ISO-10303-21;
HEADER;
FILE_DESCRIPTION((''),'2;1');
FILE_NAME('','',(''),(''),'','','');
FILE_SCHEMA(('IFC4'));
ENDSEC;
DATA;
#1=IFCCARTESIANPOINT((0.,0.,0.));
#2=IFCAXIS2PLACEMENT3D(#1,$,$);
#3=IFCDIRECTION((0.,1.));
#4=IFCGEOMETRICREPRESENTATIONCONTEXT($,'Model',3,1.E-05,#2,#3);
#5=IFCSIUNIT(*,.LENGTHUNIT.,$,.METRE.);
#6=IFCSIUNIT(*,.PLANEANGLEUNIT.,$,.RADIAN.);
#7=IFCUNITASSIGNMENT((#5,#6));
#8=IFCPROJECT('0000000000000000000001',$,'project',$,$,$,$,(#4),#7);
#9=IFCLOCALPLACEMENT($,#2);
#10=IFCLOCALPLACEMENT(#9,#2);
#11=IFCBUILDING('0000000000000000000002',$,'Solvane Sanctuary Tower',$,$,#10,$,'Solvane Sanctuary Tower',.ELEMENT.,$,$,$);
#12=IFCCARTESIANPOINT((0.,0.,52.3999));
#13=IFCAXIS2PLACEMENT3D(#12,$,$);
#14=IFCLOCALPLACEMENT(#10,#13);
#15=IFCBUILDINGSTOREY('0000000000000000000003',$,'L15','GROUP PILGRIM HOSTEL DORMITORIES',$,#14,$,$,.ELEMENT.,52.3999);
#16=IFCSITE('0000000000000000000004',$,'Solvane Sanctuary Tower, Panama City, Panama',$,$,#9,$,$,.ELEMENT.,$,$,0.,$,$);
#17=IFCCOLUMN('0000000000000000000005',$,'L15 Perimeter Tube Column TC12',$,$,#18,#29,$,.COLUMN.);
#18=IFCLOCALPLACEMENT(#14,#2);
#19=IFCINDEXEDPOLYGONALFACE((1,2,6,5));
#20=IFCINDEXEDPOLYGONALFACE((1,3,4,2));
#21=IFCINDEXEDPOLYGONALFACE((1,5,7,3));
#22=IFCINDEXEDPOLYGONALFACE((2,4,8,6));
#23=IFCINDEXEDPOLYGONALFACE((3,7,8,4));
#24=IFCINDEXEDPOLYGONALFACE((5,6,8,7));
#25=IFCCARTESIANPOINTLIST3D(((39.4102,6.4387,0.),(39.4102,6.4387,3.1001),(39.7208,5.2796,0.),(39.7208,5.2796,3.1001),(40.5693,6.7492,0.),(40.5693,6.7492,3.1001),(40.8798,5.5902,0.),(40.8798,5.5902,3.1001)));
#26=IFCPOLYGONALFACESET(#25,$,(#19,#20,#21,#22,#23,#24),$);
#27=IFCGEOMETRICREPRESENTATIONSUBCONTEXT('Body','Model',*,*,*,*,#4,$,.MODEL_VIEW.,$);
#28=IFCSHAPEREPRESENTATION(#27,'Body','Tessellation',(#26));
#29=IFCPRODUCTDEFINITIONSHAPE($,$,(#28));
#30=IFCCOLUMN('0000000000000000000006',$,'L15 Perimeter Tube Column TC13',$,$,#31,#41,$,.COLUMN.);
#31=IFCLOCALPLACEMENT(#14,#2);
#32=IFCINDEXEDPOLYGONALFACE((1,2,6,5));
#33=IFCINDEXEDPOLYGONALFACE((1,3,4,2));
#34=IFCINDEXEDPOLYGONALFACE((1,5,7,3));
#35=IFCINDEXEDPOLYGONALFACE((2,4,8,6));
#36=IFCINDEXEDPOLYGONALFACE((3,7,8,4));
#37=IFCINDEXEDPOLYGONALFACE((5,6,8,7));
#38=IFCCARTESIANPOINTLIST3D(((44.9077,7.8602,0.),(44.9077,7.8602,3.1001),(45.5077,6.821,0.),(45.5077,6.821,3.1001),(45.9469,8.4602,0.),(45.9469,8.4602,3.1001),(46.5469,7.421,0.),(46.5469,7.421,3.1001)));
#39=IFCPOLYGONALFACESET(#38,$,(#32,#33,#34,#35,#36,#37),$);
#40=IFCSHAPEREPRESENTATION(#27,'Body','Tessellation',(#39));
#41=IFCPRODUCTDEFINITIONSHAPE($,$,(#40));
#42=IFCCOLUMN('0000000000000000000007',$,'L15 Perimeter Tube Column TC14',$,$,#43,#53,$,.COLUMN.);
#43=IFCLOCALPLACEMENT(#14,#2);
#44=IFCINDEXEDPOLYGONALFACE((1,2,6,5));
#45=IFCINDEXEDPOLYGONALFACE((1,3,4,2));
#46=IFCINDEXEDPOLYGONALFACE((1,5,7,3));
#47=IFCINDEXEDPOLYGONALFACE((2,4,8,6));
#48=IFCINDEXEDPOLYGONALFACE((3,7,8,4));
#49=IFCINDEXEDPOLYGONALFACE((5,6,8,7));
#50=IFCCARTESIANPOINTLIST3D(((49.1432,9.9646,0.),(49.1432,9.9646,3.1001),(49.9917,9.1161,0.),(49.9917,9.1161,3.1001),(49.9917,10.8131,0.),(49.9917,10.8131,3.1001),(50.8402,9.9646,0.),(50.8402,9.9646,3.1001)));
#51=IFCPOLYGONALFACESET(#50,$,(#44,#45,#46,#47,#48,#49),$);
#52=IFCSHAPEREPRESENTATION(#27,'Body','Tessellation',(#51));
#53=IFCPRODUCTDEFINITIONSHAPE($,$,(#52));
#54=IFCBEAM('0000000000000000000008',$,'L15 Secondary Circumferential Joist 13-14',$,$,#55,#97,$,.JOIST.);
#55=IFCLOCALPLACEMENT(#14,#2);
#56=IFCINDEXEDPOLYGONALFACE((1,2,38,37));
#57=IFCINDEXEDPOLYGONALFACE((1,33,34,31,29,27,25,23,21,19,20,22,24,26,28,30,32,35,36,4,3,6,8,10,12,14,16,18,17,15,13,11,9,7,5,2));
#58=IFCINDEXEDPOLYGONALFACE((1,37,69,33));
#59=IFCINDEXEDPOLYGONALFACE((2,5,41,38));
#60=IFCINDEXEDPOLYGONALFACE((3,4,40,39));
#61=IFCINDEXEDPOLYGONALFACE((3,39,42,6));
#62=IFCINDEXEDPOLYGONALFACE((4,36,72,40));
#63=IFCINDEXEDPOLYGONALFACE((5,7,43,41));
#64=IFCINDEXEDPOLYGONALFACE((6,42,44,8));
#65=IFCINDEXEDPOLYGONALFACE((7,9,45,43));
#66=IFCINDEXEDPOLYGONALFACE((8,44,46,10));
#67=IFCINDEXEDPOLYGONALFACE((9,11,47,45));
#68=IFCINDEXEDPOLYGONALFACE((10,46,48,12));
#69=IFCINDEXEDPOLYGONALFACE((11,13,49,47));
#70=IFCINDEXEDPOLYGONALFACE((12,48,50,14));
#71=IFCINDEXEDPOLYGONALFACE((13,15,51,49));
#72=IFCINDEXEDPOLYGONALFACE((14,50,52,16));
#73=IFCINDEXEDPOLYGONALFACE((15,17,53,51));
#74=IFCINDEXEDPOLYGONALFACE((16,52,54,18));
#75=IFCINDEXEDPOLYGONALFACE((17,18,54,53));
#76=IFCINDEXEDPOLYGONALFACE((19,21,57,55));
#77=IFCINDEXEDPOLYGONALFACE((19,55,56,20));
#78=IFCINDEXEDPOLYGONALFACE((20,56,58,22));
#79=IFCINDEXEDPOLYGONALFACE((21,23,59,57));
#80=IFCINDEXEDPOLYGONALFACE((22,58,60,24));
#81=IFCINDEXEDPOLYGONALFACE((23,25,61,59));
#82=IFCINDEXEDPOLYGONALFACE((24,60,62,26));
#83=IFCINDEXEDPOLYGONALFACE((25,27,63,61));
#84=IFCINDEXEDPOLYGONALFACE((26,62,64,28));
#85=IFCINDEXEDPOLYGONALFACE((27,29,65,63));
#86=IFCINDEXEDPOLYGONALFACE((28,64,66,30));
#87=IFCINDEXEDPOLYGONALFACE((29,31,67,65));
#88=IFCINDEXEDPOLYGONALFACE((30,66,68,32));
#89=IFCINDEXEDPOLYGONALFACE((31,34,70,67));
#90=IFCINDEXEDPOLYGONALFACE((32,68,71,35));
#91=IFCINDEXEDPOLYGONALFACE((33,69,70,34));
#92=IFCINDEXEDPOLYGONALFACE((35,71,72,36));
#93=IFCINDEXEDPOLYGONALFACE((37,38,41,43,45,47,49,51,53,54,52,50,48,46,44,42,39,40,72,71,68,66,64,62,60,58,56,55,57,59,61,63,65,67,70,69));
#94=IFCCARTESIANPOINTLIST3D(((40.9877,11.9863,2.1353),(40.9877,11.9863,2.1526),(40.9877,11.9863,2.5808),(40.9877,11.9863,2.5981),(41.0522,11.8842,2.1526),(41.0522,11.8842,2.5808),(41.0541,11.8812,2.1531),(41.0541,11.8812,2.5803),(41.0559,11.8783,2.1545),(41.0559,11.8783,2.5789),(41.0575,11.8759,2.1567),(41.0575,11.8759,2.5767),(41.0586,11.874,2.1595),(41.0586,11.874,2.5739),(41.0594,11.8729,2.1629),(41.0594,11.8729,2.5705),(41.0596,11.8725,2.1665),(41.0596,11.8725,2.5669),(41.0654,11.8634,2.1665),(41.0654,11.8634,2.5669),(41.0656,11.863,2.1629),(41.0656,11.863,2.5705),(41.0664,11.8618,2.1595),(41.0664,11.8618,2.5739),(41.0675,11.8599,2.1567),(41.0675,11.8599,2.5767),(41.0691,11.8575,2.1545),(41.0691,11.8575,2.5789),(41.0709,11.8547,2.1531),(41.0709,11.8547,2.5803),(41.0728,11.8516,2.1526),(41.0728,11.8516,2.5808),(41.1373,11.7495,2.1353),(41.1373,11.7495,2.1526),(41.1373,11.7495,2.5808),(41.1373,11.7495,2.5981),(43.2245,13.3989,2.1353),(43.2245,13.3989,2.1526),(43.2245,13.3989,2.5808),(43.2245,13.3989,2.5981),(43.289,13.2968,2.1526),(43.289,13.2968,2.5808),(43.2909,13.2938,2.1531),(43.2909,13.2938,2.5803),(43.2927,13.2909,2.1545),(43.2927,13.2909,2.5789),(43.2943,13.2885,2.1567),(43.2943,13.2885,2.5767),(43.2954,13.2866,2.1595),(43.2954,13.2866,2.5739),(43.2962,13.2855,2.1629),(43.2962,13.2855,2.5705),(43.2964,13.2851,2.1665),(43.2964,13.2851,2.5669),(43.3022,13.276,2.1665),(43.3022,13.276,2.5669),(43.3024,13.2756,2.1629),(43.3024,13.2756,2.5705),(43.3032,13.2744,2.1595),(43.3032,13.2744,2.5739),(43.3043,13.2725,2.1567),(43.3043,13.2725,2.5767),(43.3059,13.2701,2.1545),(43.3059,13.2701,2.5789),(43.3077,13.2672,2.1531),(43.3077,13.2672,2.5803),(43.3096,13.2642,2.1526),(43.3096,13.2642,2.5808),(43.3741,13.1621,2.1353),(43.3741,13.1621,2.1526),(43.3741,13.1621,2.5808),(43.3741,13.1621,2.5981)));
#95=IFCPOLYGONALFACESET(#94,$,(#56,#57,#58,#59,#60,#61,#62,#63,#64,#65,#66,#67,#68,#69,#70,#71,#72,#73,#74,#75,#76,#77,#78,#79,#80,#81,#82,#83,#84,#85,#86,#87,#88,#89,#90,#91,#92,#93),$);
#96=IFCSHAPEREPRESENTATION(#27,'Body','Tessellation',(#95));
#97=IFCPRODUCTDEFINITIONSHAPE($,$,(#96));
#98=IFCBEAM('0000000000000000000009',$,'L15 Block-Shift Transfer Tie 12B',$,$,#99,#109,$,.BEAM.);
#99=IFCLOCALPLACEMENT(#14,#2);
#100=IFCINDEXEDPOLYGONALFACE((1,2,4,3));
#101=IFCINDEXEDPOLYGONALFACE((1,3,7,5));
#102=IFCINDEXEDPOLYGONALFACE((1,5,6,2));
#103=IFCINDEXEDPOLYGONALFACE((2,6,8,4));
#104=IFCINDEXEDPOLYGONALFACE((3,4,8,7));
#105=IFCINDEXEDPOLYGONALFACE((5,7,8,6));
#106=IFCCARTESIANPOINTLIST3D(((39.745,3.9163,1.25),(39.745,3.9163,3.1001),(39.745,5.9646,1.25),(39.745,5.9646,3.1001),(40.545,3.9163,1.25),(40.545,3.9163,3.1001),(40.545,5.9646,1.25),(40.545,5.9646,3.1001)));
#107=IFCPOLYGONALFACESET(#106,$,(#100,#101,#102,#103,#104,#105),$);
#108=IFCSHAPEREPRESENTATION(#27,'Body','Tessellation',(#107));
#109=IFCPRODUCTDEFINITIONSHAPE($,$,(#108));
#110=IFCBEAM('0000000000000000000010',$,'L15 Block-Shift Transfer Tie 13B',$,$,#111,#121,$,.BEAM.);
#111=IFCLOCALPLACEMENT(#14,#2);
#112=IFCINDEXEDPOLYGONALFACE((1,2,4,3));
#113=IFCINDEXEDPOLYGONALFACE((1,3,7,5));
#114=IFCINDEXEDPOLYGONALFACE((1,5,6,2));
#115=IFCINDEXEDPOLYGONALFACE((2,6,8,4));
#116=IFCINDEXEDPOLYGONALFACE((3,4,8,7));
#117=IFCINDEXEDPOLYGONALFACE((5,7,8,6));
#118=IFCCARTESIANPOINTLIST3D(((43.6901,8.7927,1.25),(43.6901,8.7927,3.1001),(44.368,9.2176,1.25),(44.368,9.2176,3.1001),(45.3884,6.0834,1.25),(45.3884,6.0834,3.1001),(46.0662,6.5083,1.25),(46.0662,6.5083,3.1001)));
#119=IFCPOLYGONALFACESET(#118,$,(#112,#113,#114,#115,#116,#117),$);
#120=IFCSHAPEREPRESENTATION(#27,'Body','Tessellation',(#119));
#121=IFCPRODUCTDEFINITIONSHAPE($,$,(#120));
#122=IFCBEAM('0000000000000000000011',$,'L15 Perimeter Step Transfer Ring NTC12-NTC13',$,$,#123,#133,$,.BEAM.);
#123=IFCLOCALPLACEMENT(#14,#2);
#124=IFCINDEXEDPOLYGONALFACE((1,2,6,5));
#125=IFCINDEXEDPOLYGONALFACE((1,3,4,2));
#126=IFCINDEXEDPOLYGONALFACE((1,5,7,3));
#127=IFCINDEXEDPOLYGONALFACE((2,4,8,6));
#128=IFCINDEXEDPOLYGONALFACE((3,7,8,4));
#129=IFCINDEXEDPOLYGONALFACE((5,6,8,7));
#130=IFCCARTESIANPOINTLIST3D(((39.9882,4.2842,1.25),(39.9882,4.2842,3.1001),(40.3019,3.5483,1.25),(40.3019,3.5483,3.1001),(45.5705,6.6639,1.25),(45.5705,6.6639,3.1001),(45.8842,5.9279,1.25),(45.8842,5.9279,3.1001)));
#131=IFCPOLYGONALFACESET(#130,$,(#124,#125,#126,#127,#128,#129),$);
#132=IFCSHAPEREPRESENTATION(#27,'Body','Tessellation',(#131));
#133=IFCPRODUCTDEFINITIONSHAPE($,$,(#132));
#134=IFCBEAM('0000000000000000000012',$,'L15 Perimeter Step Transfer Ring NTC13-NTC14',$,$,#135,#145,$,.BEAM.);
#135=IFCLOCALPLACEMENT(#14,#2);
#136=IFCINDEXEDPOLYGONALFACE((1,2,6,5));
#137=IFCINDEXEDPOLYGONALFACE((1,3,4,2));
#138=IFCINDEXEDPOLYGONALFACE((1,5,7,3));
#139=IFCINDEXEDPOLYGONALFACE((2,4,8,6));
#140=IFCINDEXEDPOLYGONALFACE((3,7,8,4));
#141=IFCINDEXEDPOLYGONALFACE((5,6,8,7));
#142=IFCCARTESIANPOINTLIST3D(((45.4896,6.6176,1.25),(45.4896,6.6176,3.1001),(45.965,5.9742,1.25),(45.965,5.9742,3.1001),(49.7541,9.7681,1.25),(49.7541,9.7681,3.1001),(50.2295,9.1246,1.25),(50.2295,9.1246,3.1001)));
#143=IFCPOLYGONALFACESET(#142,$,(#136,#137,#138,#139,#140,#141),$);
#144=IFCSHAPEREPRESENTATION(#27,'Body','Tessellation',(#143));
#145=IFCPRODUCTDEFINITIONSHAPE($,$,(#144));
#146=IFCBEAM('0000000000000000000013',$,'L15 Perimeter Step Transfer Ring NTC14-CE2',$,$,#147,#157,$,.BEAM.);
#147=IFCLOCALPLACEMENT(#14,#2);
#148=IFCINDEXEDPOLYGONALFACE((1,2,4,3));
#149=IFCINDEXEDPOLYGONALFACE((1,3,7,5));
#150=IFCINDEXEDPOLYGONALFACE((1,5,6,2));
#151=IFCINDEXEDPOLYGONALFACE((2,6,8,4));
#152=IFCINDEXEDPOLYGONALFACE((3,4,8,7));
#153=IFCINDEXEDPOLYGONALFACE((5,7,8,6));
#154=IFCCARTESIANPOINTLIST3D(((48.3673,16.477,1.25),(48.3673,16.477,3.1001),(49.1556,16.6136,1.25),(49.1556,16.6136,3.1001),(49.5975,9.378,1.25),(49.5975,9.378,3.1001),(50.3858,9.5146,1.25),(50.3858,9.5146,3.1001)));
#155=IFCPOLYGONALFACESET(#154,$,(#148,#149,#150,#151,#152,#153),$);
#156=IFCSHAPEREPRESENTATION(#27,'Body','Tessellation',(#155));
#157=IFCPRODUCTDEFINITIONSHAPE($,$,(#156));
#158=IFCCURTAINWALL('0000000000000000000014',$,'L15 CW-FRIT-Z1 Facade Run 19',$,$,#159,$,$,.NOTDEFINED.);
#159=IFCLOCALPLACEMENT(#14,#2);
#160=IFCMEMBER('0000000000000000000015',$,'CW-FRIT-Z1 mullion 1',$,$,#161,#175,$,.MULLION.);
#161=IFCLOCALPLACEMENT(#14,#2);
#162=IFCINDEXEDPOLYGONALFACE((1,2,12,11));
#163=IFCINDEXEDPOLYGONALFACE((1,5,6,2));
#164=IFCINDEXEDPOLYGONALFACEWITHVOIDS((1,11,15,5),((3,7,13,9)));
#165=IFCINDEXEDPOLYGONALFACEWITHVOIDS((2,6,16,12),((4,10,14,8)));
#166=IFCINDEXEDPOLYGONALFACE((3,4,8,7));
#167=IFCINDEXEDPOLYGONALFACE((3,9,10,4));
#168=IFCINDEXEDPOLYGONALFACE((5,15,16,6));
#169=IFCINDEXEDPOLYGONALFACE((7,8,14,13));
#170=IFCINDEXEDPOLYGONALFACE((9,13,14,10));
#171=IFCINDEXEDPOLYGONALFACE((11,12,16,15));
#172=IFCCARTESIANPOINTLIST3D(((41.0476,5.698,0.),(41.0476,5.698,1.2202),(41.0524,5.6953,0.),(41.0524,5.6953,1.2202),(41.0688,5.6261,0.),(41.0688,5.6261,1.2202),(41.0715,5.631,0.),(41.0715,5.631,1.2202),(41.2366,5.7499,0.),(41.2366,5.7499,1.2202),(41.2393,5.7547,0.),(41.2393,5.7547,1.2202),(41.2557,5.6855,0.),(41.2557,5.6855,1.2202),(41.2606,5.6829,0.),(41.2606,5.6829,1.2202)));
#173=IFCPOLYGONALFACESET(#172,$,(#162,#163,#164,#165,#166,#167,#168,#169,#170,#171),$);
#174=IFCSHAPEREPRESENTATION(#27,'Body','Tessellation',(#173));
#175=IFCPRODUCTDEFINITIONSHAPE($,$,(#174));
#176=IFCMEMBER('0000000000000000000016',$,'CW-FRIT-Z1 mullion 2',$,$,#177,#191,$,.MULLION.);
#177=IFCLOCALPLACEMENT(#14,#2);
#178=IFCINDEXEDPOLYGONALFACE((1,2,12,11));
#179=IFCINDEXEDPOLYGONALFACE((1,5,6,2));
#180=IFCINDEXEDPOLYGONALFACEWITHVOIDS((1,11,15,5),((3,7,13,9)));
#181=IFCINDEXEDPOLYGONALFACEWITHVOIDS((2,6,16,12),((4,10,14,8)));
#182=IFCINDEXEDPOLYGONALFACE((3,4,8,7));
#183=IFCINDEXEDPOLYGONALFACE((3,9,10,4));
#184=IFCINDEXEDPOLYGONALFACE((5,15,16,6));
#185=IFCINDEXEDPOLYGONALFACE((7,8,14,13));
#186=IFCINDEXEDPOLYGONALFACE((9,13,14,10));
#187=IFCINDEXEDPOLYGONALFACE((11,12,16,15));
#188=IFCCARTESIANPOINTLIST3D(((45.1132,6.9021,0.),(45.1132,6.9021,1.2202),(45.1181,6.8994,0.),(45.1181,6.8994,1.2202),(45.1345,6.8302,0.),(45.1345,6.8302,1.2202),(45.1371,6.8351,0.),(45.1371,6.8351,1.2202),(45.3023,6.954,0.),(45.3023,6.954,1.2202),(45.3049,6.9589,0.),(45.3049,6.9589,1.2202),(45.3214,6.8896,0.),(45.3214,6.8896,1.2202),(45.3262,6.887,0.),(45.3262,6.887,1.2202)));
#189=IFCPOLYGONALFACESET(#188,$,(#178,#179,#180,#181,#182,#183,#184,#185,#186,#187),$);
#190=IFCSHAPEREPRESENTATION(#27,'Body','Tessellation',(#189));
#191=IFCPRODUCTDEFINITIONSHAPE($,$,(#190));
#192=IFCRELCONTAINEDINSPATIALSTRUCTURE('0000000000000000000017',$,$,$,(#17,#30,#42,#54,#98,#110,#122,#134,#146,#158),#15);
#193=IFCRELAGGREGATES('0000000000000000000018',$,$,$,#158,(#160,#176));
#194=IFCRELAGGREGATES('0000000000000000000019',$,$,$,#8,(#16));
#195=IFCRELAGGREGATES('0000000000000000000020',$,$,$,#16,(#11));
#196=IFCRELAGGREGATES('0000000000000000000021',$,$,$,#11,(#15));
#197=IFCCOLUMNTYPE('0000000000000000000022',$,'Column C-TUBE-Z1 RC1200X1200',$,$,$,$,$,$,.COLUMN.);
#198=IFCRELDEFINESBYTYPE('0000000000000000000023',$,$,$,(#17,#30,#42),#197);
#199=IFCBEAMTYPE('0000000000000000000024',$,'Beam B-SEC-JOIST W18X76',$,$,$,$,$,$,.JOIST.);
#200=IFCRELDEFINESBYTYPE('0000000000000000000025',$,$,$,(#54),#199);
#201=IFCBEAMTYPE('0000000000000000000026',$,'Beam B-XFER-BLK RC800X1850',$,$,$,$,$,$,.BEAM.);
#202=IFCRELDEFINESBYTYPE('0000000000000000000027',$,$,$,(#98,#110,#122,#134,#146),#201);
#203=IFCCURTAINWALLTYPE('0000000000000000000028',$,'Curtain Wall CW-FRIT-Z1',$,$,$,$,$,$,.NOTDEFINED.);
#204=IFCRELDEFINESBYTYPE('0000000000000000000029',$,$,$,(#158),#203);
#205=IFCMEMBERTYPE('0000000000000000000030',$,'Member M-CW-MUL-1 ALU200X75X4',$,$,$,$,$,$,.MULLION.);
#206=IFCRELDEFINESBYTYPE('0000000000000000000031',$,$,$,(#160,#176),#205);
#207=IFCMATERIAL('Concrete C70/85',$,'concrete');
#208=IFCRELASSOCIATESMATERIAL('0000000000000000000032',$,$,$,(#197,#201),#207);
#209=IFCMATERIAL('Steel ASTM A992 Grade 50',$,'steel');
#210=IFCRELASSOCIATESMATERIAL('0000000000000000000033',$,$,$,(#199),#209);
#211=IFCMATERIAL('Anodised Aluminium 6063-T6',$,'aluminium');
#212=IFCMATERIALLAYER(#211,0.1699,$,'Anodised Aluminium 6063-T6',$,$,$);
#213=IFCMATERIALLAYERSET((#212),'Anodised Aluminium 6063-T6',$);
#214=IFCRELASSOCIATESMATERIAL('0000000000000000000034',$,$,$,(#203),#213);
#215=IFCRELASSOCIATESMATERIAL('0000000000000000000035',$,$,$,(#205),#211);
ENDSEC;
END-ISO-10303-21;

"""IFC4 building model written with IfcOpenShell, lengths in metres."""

from ifc_helpers import new_model, si_unit, direction, frame, origin, origin_2d, place, context, subcontext, project, spatial, rectangle, hollow_rectangle, i_section, extrude, material, layer, layer_set, material_profile, profile_set, type_object, element, aggregate, save


model = new_model("IFC4")

# Units and contexts
model_context = context("Model", 3, precision=1e-05, world=origin(), true_north=direction((0.0, 1.0)))
body_context = subcontext(model_context, "Body", "Model", "MODEL_VIEW")
ifc_project = project(units=[si_unit("LENGTHUNIT", "METRE"), si_unit("PLANEANGLEUNIT", "RADIAN")], contexts=[model_context])

# Site, building, storey
site_placement = place(None, origin())
site = spatial("IfcSite", under=ifc_project, at=site_placement, Name="Solvane Sanctuary Tower, Panama City, Panama", CompositionType="ELEMENT", RefElevation=0.0)
building_placement = place(site_placement, origin())
building = spatial("IfcBuilding", under=site, at=building_placement, Name="Solvane Sanctuary Tower", LongName="Solvane Sanctuary Tower", CompositionType="ELEMENT")
storey_placement = place(building_placement, frame((0.0, 0.0, 52.3999)))
storey = spatial("IfcBuildingStorey", under=building, at=storey_placement, Name="L15", Description="GROUP PILGRIM HOSTEL DORMITORIES", CompositionType="ELEMENT", Elevation=52.3999)

# Columns
ifc_material_1 = material(Name="Concrete C70/85", Category="concrete")
ifc_material_profile_1 = material_profile(ifc_material_1, rectangle(XDim=1.2, YDim=1.2, at=origin_2d()), Name="RC1200X1200")
ifc_profile_set_1 = profile_set([ifc_material_profile_1], Name="Concrete C70/85")
column_type = type_object("IfcColumnType", Name="Column C-TUBE-Z1 RC1200X1200", PredefinedType="COLUMN", material=ifc_profile_set_1)
for number, where, z_axis, x_axis, name in (
    (1, (40.145, 6.0144, 0.0), (0.0, 0.0, 1.0), (0.258819, -0.965926, 0.0), "L15 Perimeter Tube Column TC12"),
    (2, (45.7273, 7.6406, 0.0), (0.0, 0.0, 1.0), (0.5, -0.866025, 0.0), "L15 Perimeter Tube Column TC13"),
    (3, (49.9917, 9.9646, 0.0), (0.0, 0.0, 1.0), (0.707107, -0.707107, 0.0), "L15 Perimeter Tube Column TC14"),
):
    element("IfcColumn", number, at=place(storey_placement, frame(where, z_axis=z_axis, x_axis=x_axis)), inside=storey, type_object=column_type, Name=name, PredefinedType="COLUMN", context=body_context, shape_type="SweptSolid", body=[
        extrude(rectangle(XDim=1.2, YDim=1.2, at=origin_2d()), origin(), (0.0, 0.0, 1.0), 3.1001),
    ])

# Beams
ifc_material_2 = material(Name="Steel ASTM A992 Grade 50", Category="steel")
ifc_material_profile_2 = material_profile(ifc_material_2, i_section(OverallWidth=0.28, OverallDepth=0.4629, WebThickness=0.0107, FlangeThickness=0.0173, FilletRadius=0.0139, at=origin_2d()), Name="W18X76")
ifc_profile_set_2 = profile_set([ifc_material_profile_2], Name="Steel ASTM A992 Grade 50")
beam_type_1 = type_object("IfcBeamType", Name="Beam B-SEC-JOIST W18X76", PredefinedType="JOIST", material=ifc_profile_set_2)
beam_1_placement = place(storey_placement, frame((41.0625, 11.8679, 2.3667), z_axis=(0.845511, 0.533958, 0.0), x_axis=(-0.533958, 0.845511, 0.0)))
element("IfcBeam", 4, at=beam_1_placement, inside=storey, type_object=beam_type_1, Name="L15 Secondary Circumferential Joist 13-14", PredefinedType="JOIST", context=body_context, shape_type="SweptSolid", body=[
    extrude(i_section(OverallWidth=0.28, OverallDepth=0.4629, WebThickness=0.0107, FlangeThickness=0.0173, FilletRadius=0.0139, at=origin_2d()), origin(), (0.0, 0.0, 1.0), 2.6455),
])
ifc_material_profile_3 = material_profile(ifc_material_1, rectangle(XDim=0.8, YDim=1.8501, at=origin_2d()), Name="RC800X1850")
ifc_profile_set_3 = profile_set([ifc_material_profile_3], Name="Concrete C70/85")
beam_type_2 = type_object("IfcBeamType", Name="Beam B-XFER-BLK RC800X1850", PredefinedType="BEAM", material=ifc_profile_set_3)
beam_2_placement = place(storey_placement, frame((40.145, 5.9646, 2.175), z_axis=(0.0, -1.0, 0.0), x_axis=(1.0, 0.0, 0.0)))
element("IfcBeam", 5, at=beam_2_placement, inside=storey, type_object=beam_type_2, Name="L15 Block-Shift Transfer Tie 12B", PredefinedType="BEAM", context=body_context, shape_type="SweptSolid", body=[
    extrude(rectangle(XDim=0.8, YDim=1.8501, at=origin_2d()), origin(), (0.0, 0.0, 1.0), 2.0483),
])
beam_3_placement = place(storey_placement, frame((44.0291, 9.0051, 2.175), z_axis=(0.531117, -0.847298, 0.0), x_axis=(0.847298, 0.531117, 0.0)))
element("IfcBeam", 6, at=beam_3_placement, inside=storey, type_object=beam_type_2, Name="L15 Block-Shift Transfer Tie 13B", PredefinedType="BEAM", context=body_context, shape_type="SweptSolid", body=[
    extrude(rectangle(XDim=0.8, YDim=1.8501, at=origin_2d()), origin(), (0.0, 0.0, 1.0), 3.1975),
])
beam_4_placement = place(storey_placement, frame((40.145, 3.9163, 2.175), z_axis=(0.919905, 0.392141, 0.0), x_axis=(-0.392141, 0.919905, 0.0)))
element("IfcBeam", 7, at=beam_4_placement, inside=storey, type_object=beam_type_2, Name="L15 Perimeter Step Transfer Ring NTC12-NTC13", PredefinedType="BEAM", context=body_context, shape_type="SweptSolid", body=[
    extrude(rectangle(XDim=0.8, YDim=1.8501, at=origin_2d()), origin(), (0.0, 0.0, 1.0), 6.0684),
])
beam_5_placement = place(storey_placement, frame((45.7273, 6.2959, 2.175), z_axis=(0.804317, 0.594201, 0.0), x_axis=(-0.594201, 0.804317, 0.0)))
element("IfcBeam", 8, at=beam_5_placement, inside=storey, type_object=beam_type_2, Name="L15 Perimeter Step Transfer Ring NTC13-NTC14", PredefinedType="BEAM", context=body_context, shape_type="SweptSolid", body=[
    extrude(rectangle(XDim=0.8, YDim=1.8501, at=origin_2d()), origin(), (0.0, 0.0, 1.0), 5.302),
])
beam_6_placement = place(storey_placement, frame((49.9917, 9.4463, 2.175), z_axis=(-0.170748, 0.985315, 0.0), x_axis=(-0.985315, -0.170748, 0.0)))
element("IfcBeam", 9, at=beam_6_placement, inside=storey, type_object=beam_type_2, Name="L15 Perimeter Step Transfer Ring NTC14-CE2", PredefinedType="BEAM", context=body_context, shape_type="SweptSolid", body=[
    extrude(rectangle(XDim=0.8, YDim=1.8501, at=origin_2d()), origin(), (0.0, 0.0, 1.0), 7.2048),
])

# Curtain wall, members
ifc_material_3 = material(Name="Anodised Aluminium 6063-T6", Category="aluminium")
ifc_layer_1 = layer(ifc_material_3, 0.1699, Name="Anodised Aluminium 6063-T6")
ifc_layer_set_1 = layer_set([ifc_layer_1], Name="Anodised Aluminium 6063-T6")
curtain_wall_type = type_object("IfcCurtainWallType", Name="Curtain Wall CW-FRIT-Z1", PredefinedType="NOTDEFINED", material=ifc_layer_set_1)
curtain_wall_placement = place(storey_placement, origin())
curtain_wall = element("IfcCurtainWall", 10, at=curtain_wall_placement, inside=storey, type_object=curtain_wall_type, Name="L15 CW-FRIT-Z1 Facade Run 19", PredefinedType="NOTDEFINED")
ifc_material_profile_4 = material_profile(ifc_material_3, hollow_rectangle(XDim=0.075, YDim=0.2, WallThickness=0.0039, at=origin_2d()), Name="ALU200X75X4")
ifc_profile_set_4 = profile_set([ifc_material_profile_4], Name="Anodised Aluminium 6063-T6")
member_type_1 = type_object("IfcMemberType", Name="Member M-CW-MUL-1 ALU200X75X4", PredefinedType="MULLION", material=ifc_profile_set_4)
member_1_placement = place(storey_placement, frame((41.1541, 5.6904, 0.0), z_axis=(0.0, 0.0, 1.0), x_axis=(-0.283936, 0.958843, 0.0)))
member_1 = element("IfcMember", 11, at=member_1_placement, type_object=member_type_1, Name="CW-FRIT-Z1 mullion 1", PredefinedType="MULLION", context=body_context, shape_type="SweptSolid", body=[
    extrude(hollow_rectangle(XDim=0.075, YDim=0.2, WallThickness=0.0039, at=origin_2d()), origin(), (0.0, 0.0, 1.0), 1.2202),
])
member_2_placement = place(storey_placement, frame((45.2197, 6.8945, 0.0), z_axis=(0.0, 0.0, 1.0), x_axis=(-0.283936, 0.958843, 0.0)))
member_2 = element("IfcMember", 12, at=member_2_placement, type_object=member_type_1, Name="CW-FRIT-Z1 mullion 2", PredefinedType="MULLION", context=body_context, shape_type="SweptSolid", body=[
    extrude(hollow_rectangle(XDim=0.075, YDim=0.2, WallThickness=0.0039, at=origin_2d()), origin(), (0.0, 0.0, 1.0), 1.2202),
])
aggregate(curtain_wall, [member_1, member_2])

save(model, "model.ifc")
